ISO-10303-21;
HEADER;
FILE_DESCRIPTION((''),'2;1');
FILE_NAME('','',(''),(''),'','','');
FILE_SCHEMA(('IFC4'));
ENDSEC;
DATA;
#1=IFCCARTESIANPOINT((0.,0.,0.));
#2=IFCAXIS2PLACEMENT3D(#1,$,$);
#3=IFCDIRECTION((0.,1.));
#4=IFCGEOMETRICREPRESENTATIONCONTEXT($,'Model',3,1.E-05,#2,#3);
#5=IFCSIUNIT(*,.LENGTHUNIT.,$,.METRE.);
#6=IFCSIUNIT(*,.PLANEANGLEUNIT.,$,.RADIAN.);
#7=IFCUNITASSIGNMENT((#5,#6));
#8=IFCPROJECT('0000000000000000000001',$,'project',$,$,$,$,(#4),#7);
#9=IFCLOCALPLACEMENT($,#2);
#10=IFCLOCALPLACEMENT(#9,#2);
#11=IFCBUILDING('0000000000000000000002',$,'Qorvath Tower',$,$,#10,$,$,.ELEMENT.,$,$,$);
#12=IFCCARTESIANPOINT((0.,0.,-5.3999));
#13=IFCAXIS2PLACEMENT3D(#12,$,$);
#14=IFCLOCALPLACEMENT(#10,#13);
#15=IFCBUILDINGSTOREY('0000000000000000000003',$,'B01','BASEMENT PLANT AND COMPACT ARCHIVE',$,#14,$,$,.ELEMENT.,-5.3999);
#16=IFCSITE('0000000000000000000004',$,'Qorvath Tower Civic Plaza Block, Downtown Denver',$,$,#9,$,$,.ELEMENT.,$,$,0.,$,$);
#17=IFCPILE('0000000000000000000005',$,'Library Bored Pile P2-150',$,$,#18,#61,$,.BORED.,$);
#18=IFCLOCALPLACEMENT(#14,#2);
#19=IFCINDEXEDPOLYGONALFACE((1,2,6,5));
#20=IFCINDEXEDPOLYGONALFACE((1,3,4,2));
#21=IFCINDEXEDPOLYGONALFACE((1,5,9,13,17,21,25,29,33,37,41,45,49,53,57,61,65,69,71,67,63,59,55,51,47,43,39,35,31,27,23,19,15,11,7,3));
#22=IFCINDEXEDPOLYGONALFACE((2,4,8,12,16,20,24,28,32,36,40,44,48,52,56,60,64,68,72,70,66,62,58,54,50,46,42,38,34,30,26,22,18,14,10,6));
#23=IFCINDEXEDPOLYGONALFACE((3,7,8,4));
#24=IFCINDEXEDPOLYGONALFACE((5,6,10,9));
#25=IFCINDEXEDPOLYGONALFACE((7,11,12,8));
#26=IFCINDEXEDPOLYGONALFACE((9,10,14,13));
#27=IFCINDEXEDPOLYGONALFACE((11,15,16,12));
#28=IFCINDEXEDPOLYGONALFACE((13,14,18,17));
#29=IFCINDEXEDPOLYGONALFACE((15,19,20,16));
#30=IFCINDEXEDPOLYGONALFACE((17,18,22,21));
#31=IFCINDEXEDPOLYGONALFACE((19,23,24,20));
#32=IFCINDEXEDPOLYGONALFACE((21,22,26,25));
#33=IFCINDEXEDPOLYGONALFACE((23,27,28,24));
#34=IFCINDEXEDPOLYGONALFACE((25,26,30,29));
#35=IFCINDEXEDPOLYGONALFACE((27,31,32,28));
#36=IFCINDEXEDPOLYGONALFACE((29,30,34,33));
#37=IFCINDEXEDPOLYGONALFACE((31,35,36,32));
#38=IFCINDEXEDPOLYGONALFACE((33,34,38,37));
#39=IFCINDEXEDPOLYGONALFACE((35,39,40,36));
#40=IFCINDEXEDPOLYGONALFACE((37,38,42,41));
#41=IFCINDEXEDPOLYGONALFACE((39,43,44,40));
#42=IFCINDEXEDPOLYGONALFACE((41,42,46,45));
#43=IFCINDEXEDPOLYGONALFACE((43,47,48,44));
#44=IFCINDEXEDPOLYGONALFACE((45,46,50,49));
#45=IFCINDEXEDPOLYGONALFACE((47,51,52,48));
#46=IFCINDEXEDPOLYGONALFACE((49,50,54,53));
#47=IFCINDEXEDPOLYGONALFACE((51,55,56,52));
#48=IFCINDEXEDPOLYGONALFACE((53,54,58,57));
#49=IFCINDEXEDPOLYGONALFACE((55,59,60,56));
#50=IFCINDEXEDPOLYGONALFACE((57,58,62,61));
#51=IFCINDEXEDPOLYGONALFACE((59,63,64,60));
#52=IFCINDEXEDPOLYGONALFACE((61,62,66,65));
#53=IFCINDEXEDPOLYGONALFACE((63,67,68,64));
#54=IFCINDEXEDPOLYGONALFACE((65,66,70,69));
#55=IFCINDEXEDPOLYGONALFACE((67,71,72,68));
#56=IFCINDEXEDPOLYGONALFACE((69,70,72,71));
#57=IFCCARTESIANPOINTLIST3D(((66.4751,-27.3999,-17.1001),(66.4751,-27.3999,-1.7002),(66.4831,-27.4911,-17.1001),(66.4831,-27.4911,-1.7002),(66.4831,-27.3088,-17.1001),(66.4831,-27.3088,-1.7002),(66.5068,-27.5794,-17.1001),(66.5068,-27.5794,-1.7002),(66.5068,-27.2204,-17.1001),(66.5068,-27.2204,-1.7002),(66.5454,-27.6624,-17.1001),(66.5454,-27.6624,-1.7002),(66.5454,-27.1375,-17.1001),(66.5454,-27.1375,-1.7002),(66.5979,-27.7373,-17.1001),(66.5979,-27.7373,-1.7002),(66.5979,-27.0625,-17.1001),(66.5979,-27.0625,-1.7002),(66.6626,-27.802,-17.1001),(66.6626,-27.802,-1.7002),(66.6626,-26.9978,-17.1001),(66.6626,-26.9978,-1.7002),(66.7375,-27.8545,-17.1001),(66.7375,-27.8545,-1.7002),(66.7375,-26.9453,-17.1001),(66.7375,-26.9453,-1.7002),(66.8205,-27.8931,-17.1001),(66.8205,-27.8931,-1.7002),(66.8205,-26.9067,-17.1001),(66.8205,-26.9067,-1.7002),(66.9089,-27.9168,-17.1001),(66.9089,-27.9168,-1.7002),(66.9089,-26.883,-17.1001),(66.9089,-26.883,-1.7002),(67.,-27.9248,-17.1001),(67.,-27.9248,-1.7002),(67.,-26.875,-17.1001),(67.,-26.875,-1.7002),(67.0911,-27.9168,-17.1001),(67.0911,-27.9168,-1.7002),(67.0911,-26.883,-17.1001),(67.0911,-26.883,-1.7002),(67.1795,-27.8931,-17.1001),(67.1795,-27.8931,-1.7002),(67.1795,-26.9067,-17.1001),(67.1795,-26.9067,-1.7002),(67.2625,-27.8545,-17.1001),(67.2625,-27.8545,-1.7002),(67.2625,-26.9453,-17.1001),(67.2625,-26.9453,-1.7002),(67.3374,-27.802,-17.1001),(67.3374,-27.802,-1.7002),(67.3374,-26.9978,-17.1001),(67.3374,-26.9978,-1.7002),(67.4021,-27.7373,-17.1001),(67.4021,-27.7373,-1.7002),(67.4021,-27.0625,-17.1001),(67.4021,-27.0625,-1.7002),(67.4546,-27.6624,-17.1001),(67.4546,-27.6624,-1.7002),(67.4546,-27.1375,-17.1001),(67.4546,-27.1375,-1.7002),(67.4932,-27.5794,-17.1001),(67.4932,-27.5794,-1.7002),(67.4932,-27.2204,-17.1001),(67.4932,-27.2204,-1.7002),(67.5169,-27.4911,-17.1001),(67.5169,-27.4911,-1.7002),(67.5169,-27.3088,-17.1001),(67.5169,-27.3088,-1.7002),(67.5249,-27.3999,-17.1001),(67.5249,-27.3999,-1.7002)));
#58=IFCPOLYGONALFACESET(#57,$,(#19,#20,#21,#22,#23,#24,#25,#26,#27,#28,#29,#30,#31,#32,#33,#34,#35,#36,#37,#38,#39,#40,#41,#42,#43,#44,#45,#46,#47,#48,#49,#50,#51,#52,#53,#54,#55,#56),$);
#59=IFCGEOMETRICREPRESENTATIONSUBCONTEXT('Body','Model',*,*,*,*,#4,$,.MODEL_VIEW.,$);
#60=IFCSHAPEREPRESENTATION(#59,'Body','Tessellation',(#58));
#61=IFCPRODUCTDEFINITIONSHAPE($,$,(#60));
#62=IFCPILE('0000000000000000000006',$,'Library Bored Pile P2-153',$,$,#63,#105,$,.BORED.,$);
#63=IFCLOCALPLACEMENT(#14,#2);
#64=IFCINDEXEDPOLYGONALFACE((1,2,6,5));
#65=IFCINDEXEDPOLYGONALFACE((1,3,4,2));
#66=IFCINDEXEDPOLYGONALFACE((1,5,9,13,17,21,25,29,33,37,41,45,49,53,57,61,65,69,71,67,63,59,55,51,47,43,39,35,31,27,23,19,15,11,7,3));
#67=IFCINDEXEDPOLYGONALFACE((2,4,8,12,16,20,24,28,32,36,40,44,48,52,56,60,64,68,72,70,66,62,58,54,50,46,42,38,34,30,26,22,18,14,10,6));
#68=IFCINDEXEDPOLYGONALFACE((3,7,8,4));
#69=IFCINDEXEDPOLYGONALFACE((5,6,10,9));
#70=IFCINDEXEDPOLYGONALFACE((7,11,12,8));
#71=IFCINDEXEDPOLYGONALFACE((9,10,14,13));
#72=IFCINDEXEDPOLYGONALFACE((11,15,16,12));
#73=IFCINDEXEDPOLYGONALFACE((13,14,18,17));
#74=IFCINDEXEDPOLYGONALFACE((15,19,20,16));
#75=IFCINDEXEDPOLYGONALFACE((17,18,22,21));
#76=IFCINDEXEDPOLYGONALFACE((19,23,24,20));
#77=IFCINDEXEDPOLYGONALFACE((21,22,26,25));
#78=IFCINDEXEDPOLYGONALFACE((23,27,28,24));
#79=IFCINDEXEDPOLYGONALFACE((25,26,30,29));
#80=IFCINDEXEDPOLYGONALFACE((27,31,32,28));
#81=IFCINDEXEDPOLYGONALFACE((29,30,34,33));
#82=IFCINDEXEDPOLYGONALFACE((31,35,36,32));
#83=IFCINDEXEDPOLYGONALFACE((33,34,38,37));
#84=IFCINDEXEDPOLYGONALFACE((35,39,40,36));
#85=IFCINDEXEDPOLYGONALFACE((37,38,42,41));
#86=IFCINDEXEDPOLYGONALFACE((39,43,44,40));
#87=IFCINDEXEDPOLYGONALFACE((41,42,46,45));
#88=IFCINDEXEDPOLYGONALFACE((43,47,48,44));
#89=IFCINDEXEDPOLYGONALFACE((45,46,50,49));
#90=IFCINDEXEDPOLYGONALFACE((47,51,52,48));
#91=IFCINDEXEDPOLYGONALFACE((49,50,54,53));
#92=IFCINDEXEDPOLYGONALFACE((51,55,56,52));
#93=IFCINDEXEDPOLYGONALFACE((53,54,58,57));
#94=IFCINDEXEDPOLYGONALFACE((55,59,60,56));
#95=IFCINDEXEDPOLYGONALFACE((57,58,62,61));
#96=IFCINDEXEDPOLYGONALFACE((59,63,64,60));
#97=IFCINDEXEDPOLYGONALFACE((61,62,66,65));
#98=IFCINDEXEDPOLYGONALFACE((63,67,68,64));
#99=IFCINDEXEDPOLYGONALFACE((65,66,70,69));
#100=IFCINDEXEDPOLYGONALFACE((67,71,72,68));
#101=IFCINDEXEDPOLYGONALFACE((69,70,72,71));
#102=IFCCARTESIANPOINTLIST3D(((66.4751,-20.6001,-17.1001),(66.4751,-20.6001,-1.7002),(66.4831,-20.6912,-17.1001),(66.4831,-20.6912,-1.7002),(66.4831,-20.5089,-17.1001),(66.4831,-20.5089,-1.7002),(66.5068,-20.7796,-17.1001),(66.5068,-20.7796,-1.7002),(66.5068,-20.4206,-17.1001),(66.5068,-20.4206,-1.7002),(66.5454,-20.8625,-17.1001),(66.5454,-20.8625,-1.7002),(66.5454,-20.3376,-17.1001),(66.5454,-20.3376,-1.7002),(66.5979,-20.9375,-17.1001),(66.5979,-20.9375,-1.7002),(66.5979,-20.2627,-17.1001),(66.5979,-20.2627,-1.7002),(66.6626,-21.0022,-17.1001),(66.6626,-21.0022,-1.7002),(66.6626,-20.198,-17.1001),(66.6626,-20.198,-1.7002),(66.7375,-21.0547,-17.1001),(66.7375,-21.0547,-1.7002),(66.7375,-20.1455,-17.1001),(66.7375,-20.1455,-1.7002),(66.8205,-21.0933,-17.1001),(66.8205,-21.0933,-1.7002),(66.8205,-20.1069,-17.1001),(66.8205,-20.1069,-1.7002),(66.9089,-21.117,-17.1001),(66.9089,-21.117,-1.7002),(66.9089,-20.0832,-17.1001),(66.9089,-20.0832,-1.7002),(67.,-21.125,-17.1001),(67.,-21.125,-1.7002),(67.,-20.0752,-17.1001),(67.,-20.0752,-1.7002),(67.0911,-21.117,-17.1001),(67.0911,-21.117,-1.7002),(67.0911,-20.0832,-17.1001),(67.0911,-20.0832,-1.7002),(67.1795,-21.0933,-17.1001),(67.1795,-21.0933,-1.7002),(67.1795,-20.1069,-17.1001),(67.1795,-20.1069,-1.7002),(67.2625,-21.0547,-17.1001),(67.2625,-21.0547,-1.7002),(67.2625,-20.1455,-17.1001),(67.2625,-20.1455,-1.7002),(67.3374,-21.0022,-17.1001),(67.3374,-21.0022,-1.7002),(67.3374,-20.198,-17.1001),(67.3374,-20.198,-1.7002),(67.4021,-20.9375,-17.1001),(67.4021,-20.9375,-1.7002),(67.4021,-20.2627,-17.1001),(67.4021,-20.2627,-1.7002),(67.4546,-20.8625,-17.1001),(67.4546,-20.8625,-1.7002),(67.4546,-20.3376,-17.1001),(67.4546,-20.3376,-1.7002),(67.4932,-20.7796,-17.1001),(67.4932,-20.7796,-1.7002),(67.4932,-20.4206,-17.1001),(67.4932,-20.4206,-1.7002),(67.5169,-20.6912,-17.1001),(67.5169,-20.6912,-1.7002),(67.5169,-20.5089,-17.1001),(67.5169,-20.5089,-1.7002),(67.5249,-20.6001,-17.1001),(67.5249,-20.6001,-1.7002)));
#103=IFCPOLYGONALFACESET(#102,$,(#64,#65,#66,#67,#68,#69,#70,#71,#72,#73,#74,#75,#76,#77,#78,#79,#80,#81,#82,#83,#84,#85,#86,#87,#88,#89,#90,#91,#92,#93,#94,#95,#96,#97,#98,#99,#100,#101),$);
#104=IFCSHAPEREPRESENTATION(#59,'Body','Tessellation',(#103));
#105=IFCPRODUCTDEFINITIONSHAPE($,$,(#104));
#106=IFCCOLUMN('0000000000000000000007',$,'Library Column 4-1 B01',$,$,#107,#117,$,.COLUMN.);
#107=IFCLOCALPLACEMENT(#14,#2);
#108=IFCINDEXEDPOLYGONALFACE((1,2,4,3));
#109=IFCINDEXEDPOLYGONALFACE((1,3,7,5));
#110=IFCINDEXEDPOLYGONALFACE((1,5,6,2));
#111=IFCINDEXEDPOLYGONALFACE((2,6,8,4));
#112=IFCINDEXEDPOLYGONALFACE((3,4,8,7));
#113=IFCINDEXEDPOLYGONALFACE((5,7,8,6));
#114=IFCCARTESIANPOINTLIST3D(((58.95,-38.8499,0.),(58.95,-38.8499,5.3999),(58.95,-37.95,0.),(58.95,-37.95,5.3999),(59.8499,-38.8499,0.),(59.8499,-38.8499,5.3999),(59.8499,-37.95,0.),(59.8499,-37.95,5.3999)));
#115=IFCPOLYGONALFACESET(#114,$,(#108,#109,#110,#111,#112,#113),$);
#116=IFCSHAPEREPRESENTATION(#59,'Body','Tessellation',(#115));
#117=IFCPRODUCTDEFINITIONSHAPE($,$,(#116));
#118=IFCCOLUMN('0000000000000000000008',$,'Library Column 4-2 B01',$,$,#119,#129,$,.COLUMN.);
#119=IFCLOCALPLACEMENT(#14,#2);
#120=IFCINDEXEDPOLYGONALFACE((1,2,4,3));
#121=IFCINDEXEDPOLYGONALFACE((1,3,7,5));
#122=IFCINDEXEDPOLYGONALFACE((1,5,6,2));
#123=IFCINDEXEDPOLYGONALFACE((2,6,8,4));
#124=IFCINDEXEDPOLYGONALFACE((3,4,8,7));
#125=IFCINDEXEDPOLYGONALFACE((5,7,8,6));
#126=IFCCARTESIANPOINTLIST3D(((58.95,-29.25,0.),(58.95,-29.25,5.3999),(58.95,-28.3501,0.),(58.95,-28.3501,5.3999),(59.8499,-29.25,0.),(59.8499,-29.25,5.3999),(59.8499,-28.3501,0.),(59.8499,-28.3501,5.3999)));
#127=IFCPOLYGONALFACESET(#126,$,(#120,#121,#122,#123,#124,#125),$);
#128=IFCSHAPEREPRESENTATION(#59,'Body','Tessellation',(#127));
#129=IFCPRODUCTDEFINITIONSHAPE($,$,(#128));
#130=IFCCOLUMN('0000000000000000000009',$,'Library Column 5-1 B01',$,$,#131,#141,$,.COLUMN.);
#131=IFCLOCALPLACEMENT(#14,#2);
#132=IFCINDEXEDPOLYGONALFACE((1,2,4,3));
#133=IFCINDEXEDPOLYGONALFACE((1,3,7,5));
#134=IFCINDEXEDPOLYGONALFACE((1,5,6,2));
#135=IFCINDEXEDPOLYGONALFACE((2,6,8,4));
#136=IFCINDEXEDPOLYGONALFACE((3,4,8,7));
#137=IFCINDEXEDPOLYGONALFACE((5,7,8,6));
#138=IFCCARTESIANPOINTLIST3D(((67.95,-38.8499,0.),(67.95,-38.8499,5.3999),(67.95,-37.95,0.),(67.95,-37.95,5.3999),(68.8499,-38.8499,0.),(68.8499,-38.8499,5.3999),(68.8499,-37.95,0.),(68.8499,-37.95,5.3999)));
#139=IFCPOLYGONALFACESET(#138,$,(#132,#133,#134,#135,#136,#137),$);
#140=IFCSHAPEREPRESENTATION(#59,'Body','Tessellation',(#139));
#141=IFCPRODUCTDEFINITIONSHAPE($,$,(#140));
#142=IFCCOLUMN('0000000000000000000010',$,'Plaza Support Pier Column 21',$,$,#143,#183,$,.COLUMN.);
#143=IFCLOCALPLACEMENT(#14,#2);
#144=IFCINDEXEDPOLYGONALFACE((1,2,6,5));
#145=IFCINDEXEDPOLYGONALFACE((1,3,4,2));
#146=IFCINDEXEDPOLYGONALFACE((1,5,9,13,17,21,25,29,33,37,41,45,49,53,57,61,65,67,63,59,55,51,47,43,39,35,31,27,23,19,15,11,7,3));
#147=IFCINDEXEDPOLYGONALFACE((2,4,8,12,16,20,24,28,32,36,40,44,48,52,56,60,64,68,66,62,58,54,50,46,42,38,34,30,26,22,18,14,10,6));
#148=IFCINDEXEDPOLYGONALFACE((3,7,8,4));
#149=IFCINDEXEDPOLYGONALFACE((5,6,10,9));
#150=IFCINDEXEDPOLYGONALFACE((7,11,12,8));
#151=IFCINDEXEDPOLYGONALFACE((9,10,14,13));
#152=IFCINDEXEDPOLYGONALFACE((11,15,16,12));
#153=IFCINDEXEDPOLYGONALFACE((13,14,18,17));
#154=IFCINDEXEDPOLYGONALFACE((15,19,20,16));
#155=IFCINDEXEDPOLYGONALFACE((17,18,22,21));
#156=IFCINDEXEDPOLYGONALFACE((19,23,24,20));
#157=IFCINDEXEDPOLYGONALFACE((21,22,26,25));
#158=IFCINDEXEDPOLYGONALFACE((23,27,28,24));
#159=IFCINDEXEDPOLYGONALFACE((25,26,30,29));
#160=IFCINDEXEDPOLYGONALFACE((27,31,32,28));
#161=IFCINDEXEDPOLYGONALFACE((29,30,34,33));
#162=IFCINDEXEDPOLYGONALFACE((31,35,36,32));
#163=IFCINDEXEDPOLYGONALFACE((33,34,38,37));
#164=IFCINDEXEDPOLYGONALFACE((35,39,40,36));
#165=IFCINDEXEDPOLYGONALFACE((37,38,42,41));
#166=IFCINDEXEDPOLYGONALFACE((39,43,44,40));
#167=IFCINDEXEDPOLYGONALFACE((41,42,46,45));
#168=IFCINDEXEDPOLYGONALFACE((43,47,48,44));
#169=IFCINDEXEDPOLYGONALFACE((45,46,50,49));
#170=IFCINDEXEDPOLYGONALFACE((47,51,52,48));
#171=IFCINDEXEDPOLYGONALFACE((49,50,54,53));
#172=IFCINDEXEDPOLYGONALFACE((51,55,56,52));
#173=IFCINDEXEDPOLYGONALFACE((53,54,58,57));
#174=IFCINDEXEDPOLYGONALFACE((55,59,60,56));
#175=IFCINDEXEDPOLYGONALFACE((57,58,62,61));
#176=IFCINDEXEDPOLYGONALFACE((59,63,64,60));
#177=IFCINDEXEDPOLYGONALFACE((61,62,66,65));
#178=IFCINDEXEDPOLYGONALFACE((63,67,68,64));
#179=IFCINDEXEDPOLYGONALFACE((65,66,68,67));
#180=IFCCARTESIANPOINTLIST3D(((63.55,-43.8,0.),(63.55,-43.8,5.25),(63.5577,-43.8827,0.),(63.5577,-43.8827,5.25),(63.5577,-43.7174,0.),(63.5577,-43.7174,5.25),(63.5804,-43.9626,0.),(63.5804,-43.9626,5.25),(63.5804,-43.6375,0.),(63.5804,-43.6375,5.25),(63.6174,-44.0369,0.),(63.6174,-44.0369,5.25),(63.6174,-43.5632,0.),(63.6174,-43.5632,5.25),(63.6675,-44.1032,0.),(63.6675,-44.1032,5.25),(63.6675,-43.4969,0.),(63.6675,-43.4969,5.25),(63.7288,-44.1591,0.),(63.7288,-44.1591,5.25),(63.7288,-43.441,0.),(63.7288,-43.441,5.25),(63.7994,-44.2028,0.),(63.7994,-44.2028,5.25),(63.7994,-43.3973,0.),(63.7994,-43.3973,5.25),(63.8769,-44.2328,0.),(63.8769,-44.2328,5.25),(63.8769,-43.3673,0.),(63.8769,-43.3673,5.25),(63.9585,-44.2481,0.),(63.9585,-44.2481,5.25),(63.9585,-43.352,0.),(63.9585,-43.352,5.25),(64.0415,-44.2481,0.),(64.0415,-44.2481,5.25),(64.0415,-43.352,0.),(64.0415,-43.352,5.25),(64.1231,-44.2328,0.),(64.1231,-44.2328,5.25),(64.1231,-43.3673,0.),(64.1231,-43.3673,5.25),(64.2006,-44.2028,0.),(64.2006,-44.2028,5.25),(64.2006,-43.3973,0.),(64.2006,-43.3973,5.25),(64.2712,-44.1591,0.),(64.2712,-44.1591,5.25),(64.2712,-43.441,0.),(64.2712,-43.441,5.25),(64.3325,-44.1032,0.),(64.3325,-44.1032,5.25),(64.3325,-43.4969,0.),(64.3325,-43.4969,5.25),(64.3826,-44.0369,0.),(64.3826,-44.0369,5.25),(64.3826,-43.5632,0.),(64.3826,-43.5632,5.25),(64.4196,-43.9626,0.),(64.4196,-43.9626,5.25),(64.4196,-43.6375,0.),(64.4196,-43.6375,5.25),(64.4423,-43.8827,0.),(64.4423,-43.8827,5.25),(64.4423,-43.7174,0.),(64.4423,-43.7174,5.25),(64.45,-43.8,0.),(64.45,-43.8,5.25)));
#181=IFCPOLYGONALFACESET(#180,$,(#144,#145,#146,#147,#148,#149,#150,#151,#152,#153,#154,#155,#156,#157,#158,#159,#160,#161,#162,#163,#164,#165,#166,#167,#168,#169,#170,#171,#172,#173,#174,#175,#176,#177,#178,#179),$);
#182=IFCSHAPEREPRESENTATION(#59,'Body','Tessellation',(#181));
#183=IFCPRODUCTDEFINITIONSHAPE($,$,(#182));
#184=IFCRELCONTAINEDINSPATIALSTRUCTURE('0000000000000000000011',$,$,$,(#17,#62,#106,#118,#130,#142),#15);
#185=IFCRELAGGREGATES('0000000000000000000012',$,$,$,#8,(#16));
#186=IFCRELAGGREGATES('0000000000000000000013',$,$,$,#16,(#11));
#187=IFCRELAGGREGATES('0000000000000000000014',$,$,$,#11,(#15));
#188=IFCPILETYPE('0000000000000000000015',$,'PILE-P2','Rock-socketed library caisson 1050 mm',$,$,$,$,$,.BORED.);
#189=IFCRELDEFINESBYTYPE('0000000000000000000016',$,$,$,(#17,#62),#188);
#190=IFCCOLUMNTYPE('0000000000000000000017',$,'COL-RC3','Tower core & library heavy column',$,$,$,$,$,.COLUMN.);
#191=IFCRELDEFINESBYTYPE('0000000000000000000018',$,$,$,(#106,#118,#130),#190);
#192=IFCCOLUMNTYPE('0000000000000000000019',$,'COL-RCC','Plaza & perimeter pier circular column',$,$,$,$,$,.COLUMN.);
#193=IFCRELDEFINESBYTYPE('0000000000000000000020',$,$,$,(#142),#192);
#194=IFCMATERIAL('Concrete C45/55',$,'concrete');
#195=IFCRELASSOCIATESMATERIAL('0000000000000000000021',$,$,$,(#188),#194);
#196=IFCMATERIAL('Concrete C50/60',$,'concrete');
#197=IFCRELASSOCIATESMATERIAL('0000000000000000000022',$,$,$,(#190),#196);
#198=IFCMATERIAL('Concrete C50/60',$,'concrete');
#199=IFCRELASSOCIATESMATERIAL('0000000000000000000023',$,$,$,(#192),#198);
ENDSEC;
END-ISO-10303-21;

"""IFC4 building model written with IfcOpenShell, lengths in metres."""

from ifc_helpers import new_model, si_unit, direction, frame, origin, origin_2d, place, context, subcontext, project, spatial, rectangle, circle, extrude, material, material_profile, profile_set, type_object, element, save


model = new_model("IFC4")

# Units and contexts
model_context = context("Model", 3, precision=1e-05, world=origin(), true_north=direction((0.0, 1.0)))
body_context = subcontext(model_context, "Body", "Model", "MODEL_VIEW")
ifc_project = project(units=[si_unit("LENGTHUNIT", "METRE"), si_unit("PLANEANGLEUNIT", "RADIAN")], contexts=[model_context])

# Site, building, storey
site_placement = place(None, origin())
site = spatial("IfcSite", under=ifc_project, at=site_placement, Name="Qorvath Tower Civic Plaza Block, Downtown Denver", CompositionType="ELEMENT", RefElevation=0.0)
building_placement = place(site_placement, origin())
building = spatial("IfcBuilding", under=site, at=building_placement, Name="Qorvath Tower", CompositionType="ELEMENT")
storey_placement = place(building_placement, frame((0.0, 0.0, -5.3999)))
storey = spatial("IfcBuildingStorey", under=building, at=storey_placement, Name="B01", Description="BASEMENT PLANT AND COMPACT ARCHIVE", CompositionType="ELEMENT", Elevation=-5.3999)

# Piles
ifc_material_1 = material(Name="Concrete C45/55", Category="concrete")
ifc_material_profile_1 = material_profile(ifc_material_1, circle(Radius=0.5249, at=origin_2d()), Name="BORED PILE 1050")
ifc_profile_set_1 = profile_set([ifc_material_profile_1], Name="Concrete C45/55")
pile_type = type_object("IfcPileType", Name="PILE-P2", Description="Rock-socketed library caisson 1050 mm", PredefinedType="BORED", material=ifc_profile_set_1)
for number, where, z_axis, x_axis, name in (
    (1, (67.0, -27.3999, -1.7002), (0.0, 0.0, -1.0), (1.0, 0.0, 0.0), "Library Bored Pile P2-150"),
    (2, (67.0, -20.6001, -1.7002), (0.0, 0.0, -1.0), (1.0, 0.0, 0.0), "Library Bored Pile P2-153"),
):
    element("IfcPile", number, at=place(storey_placement, frame(where, z_axis=z_axis, x_axis=x_axis)), inside=storey, type_object=pile_type, Name=name, PredefinedType="BORED", context=body_context, shape_type="SweptSolid", body=[
        extrude(circle(Radius=0.5249, at=origin_2d()), origin(), (0.0, 0.0, 1.0), 15.3999),
    ])

# Columns
ifc_material_2 = material(Name="Concrete C50/60", Category="concrete")
ifc_material_profile_2 = material_profile(ifc_material_2, rectangle(XDim=0.8999, YDim=0.8999, at=origin_2d()), Name="RC 900x900")
ifc_profile_set_2 = profile_set([ifc_material_profile_2], Name="Concrete C50/60")
column_type_1 = type_object("IfcColumnType", Name="COL-RC3", Description="Tower core & library heavy column", PredefinedType="COLUMN", material=ifc_profile_set_2)
for number, where, z_axis, x_axis, name in (
    (3, (59.3999, -38.3999, 0.0), (0.0, 0.0, 1.0), (1.0, 0.0, 0.0), "Library Column 4-1 B01"),
    (4, (59.3999, -28.8, 0.0), (0.0, 0.0, 1.0), (1.0, 0.0, 0.0), "Library Column 4-2 B01"),
    (5, (68.3999, -38.3999, 0.0), (0.0, 0.0, 1.0), (1.0, 0.0, 0.0), "Library Column 5-1 B01"),
):
    element("IfcColumn", number, at=place(storey_placement, frame(where, z_axis=z_axis, x_axis=x_axis)), inside=storey, type_object=column_type_1, Name=name, PredefinedType="COLUMN", context=body_context, shape_type="SweptSolid", body=[
        extrude(rectangle(XDim=0.8999, YDim=0.8999, at=origin_2d()), origin(), (0.0, 0.0, 1.0), 5.3999),
    ])
ifc_material_3 = material(Name="Concrete C50/60", Category="concrete")
ifc_material_profile_3 = material_profile(ifc_material_3, circle(Radius=0.45, at=origin_2d()), Name="RCC 900")
ifc_profile_set_3 = profile_set([ifc_material_profile_3], Name="Concrete C50/60")
column_type_2 = type_object("IfcColumnType", Name="COL-RCC", Description="Plaza & perimeter pier circular column", PredefinedType="COLUMN", material=ifc_profile_set_3)
column_placement = place(storey_placement, frame((64.0, -43.8, 0.0), z_axis=(0.0, 0.0, 1.0), x_axis=(1.0, 0.0, 0.0)))
element("IfcColumn", 6, at=column_placement, inside=storey, type_object=column_type_2, Name="Plaza Support Pier Column 21", PredefinedType="COLUMN", context=body_context, shape_type="SweptSolid", body=[
    extrude(circle(Radius=0.45, at=origin_2d()), origin(), (0.0, 0.0, 1.0), 5.25),
])

save(model, "model.ifc")
